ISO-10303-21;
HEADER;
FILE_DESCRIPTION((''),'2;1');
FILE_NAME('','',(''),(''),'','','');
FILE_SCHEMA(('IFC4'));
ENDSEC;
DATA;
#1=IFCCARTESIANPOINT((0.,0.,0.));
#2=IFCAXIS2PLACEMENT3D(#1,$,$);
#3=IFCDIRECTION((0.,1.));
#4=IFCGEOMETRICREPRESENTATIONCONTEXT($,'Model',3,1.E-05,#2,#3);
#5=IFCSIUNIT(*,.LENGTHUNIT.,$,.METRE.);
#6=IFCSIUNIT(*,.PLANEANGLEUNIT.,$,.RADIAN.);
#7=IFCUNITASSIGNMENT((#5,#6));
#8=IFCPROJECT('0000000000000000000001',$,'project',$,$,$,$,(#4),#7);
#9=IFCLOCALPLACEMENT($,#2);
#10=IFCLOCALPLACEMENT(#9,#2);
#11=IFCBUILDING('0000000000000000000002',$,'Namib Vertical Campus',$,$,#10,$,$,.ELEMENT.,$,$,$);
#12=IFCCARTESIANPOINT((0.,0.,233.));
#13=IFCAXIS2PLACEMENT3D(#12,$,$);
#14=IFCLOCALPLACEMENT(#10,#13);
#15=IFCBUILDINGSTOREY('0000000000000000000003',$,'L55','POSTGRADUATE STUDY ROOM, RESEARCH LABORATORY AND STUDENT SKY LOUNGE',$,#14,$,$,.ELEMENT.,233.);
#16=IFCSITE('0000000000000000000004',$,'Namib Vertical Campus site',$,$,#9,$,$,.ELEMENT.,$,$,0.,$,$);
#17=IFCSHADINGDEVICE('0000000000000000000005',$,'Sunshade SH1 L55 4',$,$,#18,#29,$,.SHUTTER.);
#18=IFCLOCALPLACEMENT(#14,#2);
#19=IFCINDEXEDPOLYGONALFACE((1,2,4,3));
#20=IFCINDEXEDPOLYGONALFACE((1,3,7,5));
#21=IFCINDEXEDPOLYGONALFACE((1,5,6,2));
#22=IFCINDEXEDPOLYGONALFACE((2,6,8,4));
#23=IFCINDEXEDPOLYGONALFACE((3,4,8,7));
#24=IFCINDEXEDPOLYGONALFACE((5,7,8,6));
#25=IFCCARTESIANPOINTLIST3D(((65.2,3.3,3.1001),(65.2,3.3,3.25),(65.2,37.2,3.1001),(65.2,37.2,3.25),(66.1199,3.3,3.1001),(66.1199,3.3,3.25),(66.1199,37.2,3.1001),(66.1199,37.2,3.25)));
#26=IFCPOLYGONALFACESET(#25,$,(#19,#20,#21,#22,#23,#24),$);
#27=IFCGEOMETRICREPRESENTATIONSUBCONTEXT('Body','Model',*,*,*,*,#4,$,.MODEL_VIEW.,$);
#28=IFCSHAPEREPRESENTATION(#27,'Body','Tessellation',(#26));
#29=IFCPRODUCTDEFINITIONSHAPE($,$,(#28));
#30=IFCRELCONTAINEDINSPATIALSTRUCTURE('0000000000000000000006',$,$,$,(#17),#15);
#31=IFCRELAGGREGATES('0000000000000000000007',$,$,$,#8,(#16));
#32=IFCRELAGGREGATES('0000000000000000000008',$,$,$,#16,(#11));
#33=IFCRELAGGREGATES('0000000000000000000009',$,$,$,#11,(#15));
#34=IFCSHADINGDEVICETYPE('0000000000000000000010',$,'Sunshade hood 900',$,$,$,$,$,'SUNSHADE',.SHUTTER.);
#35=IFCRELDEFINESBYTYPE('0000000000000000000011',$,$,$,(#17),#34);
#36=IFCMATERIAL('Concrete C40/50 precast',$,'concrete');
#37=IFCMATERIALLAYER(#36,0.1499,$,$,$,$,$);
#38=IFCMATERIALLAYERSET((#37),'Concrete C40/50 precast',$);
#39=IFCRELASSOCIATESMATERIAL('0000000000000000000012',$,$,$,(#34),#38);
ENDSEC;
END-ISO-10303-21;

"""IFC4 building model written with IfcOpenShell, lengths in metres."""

from ifc_helpers import new_model, si_unit, direction, frame, origin, origin_2d, place, context, subcontext, project, spatial, rectangle, extrude, material, layer, layer_set, type_object, element, save


model = new_model("IFC4")

# Units and contexts
model_context = context("Model", 3, precision=1e-05, world=origin(), true_north=direction((0.0, 1.0)))
body_context = subcontext(model_context, "Body", "Model", "MODEL_VIEW")
ifc_project = project(units=[si_unit("LENGTHUNIT", "METRE"), si_unit("PLANEANGLEUNIT", "RADIAN")], contexts=[model_context])

# Site, building, storey
site_placement = place(None, origin())
site = spatial("IfcSite", under=ifc_project, at=site_placement, Name="Namib Vertical Campus site", CompositionType="ELEMENT", RefElevation=0.0)
building_placement = place(site_placement, origin())
building = spatial("IfcBuilding", under=site, at=building_placement, Name="Namib Vertical Campus", CompositionType="ELEMENT")
storey_placement = place(building_placement, frame((0.0, 0.0, 233.0)))
storey = spatial("IfcBuildingStorey", under=building, at=storey_placement, Name="L55", Description="POSTGRADUATE STUDY ROOM, RESEARCH LABORATORY AND STUDENT SKY LOUNGE", CompositionType="ELEMENT", Elevation=233.0)

# Shading device
ifc_material_1 = material(Name="Concrete C40/50 precast", Category="concrete")
ifc_layer_1 = layer(ifc_material_1, 0.1499)
ifc_layer_set_1 = layer_set([ifc_layer_1], Name="Concrete C40/50 precast")
shading_device_type = type_object("IfcShadingDeviceType", Name="Sunshade hood 900", ElementType="SUNSHADE", PredefinedType="SHUTTER", material=ifc_layer_set_1)
shading_device_1_placement = place(storey_placement, frame((65.6599, 20.25, 3.1001), z_axis=(0.0, 0.0, 1.0), x_axis=(0.0, -1.0, 0.0)))
element("IfcShadingDevice", 1, at=shading_device_1_placement, inside=storey, type_object=shading_device_type, Name="Sunshade SH1 L55 4", PredefinedType="SHUTTER", context=body_context, shape_type="SweptSolid", body=[
    extrude(rectangle(XDim=33.8999, YDim=0.9199, at=origin_2d()), origin(), (0.0, 0.0, 1.0), 0.1499),
])

save(model, "model.ifc")
